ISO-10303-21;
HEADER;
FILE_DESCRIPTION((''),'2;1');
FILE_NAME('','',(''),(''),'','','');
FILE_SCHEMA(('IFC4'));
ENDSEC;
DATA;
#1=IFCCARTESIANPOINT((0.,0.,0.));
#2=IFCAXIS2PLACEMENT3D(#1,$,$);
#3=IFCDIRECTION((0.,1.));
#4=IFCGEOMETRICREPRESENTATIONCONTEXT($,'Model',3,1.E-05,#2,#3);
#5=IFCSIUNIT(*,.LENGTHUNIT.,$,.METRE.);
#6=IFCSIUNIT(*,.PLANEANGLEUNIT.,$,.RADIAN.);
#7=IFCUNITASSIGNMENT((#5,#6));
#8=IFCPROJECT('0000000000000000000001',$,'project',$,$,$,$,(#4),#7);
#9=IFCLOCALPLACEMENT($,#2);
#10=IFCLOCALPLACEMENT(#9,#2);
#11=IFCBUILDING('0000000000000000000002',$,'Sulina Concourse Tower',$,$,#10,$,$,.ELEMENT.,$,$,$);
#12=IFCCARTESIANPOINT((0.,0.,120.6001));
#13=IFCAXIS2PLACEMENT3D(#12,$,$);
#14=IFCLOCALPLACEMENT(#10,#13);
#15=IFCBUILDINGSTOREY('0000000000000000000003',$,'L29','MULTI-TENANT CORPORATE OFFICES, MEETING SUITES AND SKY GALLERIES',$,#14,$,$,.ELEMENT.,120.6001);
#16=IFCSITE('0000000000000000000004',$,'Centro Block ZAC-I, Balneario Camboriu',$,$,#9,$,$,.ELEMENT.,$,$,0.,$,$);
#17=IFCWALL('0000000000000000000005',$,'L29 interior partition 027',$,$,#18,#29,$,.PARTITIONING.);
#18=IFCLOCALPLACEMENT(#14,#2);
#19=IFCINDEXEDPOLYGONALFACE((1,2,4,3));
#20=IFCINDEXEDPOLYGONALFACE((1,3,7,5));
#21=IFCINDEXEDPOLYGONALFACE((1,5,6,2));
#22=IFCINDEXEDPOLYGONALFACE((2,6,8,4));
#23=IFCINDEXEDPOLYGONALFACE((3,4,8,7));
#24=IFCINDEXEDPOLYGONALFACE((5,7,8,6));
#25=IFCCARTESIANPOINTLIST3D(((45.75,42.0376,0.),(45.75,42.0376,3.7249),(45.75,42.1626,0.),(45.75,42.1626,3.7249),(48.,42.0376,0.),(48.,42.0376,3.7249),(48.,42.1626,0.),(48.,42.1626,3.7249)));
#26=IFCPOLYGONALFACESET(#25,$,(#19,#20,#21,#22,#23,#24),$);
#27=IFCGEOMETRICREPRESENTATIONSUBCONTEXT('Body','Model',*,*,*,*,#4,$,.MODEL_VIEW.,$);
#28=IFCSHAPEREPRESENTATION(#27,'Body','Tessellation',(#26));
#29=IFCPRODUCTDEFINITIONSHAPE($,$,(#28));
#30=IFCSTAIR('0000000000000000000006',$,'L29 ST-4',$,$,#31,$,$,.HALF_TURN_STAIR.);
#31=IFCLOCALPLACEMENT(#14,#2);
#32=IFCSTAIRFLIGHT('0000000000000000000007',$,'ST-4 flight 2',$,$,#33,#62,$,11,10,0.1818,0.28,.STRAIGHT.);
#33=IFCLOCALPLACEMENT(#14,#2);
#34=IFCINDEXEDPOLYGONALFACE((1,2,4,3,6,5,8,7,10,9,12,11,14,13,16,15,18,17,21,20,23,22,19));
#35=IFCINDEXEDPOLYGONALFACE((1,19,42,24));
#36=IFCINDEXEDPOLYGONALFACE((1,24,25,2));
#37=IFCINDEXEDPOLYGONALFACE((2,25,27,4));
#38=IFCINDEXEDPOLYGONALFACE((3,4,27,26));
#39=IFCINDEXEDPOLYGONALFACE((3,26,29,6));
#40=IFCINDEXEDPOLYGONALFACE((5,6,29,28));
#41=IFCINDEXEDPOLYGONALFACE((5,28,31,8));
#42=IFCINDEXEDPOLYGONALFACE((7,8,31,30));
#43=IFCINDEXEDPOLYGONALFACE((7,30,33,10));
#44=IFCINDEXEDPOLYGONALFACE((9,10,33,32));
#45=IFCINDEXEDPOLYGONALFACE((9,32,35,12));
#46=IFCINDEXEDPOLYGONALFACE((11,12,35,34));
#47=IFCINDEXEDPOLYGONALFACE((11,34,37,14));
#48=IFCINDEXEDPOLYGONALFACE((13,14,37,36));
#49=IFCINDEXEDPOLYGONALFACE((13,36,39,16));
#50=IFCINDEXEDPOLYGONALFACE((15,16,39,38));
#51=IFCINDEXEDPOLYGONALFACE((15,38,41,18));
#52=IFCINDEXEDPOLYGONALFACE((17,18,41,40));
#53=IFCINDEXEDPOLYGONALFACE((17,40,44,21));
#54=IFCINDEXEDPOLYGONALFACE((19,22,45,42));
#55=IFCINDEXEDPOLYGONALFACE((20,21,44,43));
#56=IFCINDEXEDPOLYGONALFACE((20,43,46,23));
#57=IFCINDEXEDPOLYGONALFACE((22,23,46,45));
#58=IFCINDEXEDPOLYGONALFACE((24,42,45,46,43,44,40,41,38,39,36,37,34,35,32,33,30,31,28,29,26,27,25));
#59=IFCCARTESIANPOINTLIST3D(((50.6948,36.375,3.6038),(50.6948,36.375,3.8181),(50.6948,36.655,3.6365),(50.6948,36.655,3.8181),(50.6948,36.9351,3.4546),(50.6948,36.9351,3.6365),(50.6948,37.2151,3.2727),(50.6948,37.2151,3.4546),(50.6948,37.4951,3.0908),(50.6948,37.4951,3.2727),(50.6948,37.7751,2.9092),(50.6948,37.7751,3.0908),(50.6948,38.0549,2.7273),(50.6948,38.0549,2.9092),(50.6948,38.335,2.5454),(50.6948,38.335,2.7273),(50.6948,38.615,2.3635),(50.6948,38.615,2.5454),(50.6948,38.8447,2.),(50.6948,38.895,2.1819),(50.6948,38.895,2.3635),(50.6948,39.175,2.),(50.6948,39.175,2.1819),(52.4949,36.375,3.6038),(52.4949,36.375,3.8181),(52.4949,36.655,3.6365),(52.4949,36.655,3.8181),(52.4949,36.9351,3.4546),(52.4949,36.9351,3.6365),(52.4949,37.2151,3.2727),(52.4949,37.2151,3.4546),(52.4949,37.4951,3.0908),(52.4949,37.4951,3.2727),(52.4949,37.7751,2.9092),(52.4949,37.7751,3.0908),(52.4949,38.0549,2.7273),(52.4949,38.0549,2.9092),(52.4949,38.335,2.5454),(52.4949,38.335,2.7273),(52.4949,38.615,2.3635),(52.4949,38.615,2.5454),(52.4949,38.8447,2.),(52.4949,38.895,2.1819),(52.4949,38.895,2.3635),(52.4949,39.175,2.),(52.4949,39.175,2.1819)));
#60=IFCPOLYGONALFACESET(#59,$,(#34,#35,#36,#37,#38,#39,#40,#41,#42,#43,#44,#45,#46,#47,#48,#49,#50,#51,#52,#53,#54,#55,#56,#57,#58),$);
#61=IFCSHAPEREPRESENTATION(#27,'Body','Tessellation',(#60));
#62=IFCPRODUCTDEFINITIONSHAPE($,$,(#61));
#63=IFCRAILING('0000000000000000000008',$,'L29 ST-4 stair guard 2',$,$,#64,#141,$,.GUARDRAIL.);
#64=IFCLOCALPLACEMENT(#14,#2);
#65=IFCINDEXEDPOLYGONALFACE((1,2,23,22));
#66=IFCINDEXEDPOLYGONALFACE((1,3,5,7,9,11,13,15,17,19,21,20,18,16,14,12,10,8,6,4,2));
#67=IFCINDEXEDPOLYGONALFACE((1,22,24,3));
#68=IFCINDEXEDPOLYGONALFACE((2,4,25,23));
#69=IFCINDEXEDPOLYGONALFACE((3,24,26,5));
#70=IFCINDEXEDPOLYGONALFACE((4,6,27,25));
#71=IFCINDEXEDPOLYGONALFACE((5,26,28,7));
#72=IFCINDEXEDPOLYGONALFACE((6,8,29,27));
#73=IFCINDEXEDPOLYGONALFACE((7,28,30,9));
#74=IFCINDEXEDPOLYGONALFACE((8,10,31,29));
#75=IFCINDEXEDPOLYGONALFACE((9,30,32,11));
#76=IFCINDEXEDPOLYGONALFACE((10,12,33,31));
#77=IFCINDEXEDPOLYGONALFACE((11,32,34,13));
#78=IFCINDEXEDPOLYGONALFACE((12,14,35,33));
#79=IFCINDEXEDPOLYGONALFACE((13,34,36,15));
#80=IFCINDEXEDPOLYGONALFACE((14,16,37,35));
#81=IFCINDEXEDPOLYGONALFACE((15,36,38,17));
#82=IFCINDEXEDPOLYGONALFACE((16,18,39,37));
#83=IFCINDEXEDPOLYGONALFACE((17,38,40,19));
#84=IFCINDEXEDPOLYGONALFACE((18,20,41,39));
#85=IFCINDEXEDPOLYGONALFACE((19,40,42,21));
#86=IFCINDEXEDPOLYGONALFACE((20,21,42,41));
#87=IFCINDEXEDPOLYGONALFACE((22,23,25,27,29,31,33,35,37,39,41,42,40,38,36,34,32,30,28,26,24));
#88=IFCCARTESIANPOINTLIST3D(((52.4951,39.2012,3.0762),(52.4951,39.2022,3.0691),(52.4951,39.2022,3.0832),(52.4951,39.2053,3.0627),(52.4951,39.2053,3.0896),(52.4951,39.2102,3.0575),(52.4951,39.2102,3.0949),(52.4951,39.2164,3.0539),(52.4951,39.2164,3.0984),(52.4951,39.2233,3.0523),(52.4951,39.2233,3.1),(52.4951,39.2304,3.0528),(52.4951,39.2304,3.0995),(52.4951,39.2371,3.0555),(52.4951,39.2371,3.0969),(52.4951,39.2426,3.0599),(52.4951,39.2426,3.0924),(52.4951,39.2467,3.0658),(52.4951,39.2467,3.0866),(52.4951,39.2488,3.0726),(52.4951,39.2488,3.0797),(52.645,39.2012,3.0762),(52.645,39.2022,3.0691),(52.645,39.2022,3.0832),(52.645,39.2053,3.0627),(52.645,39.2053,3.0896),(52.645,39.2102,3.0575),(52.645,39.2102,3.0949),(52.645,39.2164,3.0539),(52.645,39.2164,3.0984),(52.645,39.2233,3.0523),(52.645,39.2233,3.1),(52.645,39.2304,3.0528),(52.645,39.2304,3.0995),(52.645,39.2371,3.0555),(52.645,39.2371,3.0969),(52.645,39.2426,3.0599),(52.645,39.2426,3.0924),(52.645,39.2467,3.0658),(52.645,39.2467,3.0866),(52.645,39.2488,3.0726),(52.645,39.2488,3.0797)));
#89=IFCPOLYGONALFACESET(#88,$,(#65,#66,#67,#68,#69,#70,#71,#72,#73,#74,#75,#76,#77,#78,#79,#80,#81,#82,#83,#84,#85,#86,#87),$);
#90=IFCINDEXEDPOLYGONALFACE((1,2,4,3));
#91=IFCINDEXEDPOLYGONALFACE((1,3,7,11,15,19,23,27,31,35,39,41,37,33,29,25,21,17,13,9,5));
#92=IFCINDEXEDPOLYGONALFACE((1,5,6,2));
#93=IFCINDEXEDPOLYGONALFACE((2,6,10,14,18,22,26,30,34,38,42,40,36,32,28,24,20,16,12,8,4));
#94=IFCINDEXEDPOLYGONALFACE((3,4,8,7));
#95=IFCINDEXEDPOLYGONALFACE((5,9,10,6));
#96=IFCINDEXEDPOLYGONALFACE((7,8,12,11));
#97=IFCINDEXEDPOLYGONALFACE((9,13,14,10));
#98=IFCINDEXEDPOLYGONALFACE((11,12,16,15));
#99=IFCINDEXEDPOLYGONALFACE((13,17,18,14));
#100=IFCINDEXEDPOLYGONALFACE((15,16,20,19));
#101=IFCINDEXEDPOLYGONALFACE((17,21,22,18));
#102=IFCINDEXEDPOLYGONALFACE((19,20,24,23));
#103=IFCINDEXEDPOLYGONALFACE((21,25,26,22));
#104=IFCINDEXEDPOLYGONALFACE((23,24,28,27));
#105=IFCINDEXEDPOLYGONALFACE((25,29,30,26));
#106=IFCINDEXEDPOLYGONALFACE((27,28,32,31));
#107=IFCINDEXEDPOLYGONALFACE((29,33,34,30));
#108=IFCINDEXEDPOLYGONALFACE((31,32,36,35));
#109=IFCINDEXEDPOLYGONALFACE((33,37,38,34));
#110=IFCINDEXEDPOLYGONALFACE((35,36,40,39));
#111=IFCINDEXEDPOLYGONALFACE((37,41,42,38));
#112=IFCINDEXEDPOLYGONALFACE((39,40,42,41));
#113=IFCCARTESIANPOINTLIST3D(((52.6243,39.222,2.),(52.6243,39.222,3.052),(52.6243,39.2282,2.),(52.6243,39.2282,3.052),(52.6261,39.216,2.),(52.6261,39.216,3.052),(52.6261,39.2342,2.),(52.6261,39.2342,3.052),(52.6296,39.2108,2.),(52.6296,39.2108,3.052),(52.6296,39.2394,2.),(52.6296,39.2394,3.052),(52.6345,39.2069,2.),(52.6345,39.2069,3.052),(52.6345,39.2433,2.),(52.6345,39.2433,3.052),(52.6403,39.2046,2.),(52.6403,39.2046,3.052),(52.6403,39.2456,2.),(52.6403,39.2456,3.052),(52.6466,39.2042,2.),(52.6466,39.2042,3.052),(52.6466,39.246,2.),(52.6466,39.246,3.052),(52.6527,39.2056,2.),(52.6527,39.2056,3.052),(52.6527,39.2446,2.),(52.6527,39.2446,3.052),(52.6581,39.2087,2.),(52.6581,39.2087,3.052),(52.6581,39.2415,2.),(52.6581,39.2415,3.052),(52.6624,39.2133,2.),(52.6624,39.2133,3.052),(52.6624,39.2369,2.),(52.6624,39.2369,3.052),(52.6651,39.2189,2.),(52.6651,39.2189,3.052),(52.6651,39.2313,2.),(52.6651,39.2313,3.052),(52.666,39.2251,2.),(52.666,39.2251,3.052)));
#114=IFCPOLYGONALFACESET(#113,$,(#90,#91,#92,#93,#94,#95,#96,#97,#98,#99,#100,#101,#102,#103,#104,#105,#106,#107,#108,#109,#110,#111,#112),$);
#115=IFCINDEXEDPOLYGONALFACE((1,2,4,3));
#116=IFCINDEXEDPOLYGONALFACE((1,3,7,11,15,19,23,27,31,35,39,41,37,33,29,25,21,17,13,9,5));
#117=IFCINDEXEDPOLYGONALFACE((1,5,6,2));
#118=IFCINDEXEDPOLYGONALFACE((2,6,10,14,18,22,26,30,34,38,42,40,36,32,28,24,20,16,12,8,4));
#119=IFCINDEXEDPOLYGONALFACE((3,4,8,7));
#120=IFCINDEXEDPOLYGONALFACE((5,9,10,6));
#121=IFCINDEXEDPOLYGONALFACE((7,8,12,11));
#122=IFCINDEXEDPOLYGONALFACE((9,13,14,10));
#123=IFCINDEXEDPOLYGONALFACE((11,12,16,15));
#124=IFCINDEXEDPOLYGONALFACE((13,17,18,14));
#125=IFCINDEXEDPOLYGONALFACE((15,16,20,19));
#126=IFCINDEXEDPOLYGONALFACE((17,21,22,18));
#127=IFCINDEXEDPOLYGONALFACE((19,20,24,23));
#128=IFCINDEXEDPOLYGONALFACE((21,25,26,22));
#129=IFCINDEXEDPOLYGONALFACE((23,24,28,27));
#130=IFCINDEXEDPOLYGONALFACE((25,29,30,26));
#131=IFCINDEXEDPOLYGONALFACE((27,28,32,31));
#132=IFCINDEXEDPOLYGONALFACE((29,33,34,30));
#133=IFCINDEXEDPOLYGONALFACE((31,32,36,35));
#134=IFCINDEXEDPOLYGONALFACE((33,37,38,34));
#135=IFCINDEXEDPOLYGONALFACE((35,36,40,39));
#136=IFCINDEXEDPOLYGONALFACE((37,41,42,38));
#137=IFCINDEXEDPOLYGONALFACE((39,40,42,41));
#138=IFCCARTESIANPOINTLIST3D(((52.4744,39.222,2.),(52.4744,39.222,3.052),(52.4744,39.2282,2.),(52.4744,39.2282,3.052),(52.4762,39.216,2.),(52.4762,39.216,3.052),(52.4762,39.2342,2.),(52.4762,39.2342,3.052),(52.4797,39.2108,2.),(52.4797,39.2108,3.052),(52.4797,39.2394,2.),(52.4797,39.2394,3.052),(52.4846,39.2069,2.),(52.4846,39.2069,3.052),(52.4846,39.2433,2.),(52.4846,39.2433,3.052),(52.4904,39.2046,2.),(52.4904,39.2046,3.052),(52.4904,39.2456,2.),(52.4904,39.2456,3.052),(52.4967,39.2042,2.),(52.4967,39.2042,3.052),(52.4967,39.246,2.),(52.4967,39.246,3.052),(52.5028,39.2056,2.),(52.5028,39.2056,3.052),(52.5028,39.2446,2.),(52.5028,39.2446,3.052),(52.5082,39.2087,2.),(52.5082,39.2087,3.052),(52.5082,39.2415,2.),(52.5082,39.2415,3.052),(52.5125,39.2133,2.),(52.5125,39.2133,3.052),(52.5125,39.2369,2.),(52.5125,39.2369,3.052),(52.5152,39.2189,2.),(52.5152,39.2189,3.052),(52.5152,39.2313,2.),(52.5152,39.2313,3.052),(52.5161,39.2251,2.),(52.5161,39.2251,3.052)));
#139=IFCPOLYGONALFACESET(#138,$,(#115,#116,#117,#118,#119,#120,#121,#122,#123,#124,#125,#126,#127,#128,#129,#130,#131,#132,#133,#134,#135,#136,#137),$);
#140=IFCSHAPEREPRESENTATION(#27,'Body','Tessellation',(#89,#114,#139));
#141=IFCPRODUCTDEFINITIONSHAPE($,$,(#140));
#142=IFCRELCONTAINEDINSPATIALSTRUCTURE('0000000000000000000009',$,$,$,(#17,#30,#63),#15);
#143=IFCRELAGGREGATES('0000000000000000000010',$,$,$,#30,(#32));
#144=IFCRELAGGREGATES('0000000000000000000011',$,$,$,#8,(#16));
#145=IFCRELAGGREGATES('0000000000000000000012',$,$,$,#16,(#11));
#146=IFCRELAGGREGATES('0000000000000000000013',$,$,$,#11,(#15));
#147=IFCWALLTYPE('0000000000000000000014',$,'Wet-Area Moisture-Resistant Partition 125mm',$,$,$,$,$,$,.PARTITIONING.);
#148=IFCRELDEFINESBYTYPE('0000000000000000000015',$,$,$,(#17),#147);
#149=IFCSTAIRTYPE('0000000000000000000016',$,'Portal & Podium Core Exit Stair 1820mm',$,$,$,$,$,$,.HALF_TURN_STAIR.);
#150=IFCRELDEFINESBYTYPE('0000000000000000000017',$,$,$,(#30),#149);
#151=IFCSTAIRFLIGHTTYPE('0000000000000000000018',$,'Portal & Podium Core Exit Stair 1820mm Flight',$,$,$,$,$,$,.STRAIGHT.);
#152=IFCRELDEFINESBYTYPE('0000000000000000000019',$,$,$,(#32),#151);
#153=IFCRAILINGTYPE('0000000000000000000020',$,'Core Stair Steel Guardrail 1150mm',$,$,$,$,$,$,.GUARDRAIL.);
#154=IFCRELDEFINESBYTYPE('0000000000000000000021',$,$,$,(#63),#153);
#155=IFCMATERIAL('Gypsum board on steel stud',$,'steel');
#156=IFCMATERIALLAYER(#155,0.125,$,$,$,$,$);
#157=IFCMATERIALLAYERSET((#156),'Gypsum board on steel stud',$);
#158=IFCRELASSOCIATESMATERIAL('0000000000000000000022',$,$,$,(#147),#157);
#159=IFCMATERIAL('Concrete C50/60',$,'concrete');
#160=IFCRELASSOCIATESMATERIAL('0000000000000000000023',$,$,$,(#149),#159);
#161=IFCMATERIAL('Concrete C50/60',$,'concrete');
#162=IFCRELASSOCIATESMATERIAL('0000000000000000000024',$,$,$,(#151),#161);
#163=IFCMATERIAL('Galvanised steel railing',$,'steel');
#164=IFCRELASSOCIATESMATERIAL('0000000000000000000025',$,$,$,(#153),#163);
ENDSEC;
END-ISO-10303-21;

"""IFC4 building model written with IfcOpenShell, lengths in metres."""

from ifc_helpers import new_model, si_unit, direction, frame, frame_2d, origin, origin_2d, place, context, subcontext, project, spatial, polyline, rectangle, circle, outline, extrude, material, layer, layer_set, type_object, element, aggregate, save


model = new_model("IFC4")

# Units and contexts
model_context = context("Model", 3, precision=1e-05, world=origin(), true_north=direction((0.0, 1.0)))
body_context = subcontext(model_context, "Body", "Model", "MODEL_VIEW")
ifc_project = project(units=[si_unit("LENGTHUNIT", "METRE"), si_unit("PLANEANGLEUNIT", "RADIAN")], contexts=[model_context])

# Site, building, storey
site_placement = place(None, origin())
site = spatial("IfcSite", under=ifc_project, at=site_placement, Name="Centro Block ZAC-I, Balneario Camboriu", CompositionType="ELEMENT", RefElevation=0.0)
building_placement = place(site_placement, origin())
building = spatial("IfcBuilding", under=site, at=building_placement, Name="Sulina Concourse Tower", CompositionType="ELEMENT")
storey_placement = place(building_placement, frame((0.0, 0.0, 120.6001)))
storey = spatial("IfcBuildingStorey", under=building, at=storey_placement, Name="L29", Description="MULTI-TENANT CORPORATE OFFICES, MEETING SUITES AND SKY GALLERIES", CompositionType="ELEMENT", Elevation=120.6001)

# Wall
ifc_material_1 = material(Name="Gypsum board on steel stud", Category="steel")
ifc_layer_1 = layer(ifc_material_1, 0.125)
ifc_layer_set_1 = layer_set([ifc_layer_1], Name="Gypsum board on steel stud")
wall_type_1 = type_object("IfcWallType", Name="Wet-Area Moisture-Resistant Partition 125mm", PredefinedType="PARTITIONING", material=ifc_layer_set_1)
wall_1_placement = place(storey_placement, frame((45.75, 42.1001, 0.0), z_axis=(0.0, 0.0, 1.0), x_axis=(1.0, 0.0, 0.0)))
element("IfcWall", 1, at=wall_1_placement, inside=storey, type_object=wall_type_1, Name="L29 interior partition 027", PredefinedType="PARTITIONING", context=body_context, shape_type="SweptSolid", body=[
    extrude(rectangle(XDim=2.25, YDim=0.125, at=frame_2d((1.125, 0.0))), origin(), (0.0, 0.0, 1.0), 3.7249),
])

# Stair, stair flight
ifc_material_2 = material(Name="Concrete C50/60", Category="concrete")
stair_type = type_object("IfcStairType", Name="Portal & Podium Core Exit Stair 1820mm", PredefinedType="HALF_TURN_STAIR", material=ifc_material_2)
stair_placement = place(storey_placement, origin())
stair = element("IfcStair", 2, at=stair_placement, inside=storey, type_object=stair_type, Name="L29 ST-4", PredefinedType="HALF_TURN_STAIR")
ifc_material_3 = material(Name="Concrete C50/60", Category="concrete")
stair_flight_type = type_object("IfcStairFlightType", Name="Portal & Podium Core Exit Stair 1820mm Flight", PredefinedType="STRAIGHT", material=ifc_material_3)
stair_flight_placement = place(storey_placement, frame((51.595, 39.175, 2.0), z_axis=(0.0, 0.0, 1.0), x_axis=(0.0, -1.0, 0.0)))
stair_flight = element("IfcStairFlight", 3, at=stair_flight_placement, type_object=stair_flight_type, Name="ST-4 flight 2", NumberOfRisers=11, NumberOfTreads=10, PredefinedType="STRAIGHT", RiserHeight=0.1818, TreadLength=0.28, context=body_context, shape_type="SweptSolid", body=[
    extrude(outline(polyline([(0.0, 0.0), (0.0, 0.1819), (0.28, 0.1819), (0.28, 0.3635), (0.5601, 0.3635), (0.5601, 0.5454), (0.8401, 0.5454), (0.8401, 0.7273), (1.1201, 0.7273), (1.1201, 0.9092), (1.3999, 0.9092), (1.3999, 1.0908), (1.6799, 1.0908), (1.6799, 1.2727), (1.96, 1.2727), (1.96, 1.4546), (2.24, 1.4546), (2.24, 1.6365), (2.52, 1.6365), (2.52, 1.8181), (2.8, 1.8181), (2.8, 2.0), (2.8, 1.6038), (0.3303, 0.0), (0.0, 0.0)])), frame((0.0, 0.8999, 0.0), z_axis=(0.0, -1.0, 0.0), x_axis=(1.0, 0.0, 0.0)), (0.0, 0.0, 1.0), 1.8),
])
aggregate(stair, [stair_flight])

# Railing
ifc_material_4 = material(Name="Galvanised steel railing", Category="steel")
railing_type_1 = type_object("IfcRailingType", Name="Core Stair Steel Guardrail 1150mm", PredefinedType="GUARDRAIL", material=ifc_material_4)
railing_1_placement = place(storey_placement, frame((52.645, 39.2251, 2.0)))
element("IfcRailing", 4, at=railing_1_placement, inside=storey, type_object=railing_type_1, Name="L29 ST-4 stair guard 2", PredefinedType="GUARDRAIL", context=body_context, shape_type="SweptSolid", body=[
    extrude(circle(Radius=0.0239, at=origin_2d()), frame((0.0, 0.0, 1.0762), z_axis=(-1.0, 0.0, 0.0), x_axis=(0.0, -1.0, 0.0)), (0.0, 0.0, 1.0), 0.1499),
    extrude(circle(Radius=0.021, at=origin_2d()), origin(), (0.0, 0.0, 1.0), 1.052),
    extrude(circle(Radius=0.021, at=origin_2d()), frame((-0.1499, 0.0, 0.0)), (0.0, 0.0, 1.0), 1.052),
])

save(model, "model.ifc")
